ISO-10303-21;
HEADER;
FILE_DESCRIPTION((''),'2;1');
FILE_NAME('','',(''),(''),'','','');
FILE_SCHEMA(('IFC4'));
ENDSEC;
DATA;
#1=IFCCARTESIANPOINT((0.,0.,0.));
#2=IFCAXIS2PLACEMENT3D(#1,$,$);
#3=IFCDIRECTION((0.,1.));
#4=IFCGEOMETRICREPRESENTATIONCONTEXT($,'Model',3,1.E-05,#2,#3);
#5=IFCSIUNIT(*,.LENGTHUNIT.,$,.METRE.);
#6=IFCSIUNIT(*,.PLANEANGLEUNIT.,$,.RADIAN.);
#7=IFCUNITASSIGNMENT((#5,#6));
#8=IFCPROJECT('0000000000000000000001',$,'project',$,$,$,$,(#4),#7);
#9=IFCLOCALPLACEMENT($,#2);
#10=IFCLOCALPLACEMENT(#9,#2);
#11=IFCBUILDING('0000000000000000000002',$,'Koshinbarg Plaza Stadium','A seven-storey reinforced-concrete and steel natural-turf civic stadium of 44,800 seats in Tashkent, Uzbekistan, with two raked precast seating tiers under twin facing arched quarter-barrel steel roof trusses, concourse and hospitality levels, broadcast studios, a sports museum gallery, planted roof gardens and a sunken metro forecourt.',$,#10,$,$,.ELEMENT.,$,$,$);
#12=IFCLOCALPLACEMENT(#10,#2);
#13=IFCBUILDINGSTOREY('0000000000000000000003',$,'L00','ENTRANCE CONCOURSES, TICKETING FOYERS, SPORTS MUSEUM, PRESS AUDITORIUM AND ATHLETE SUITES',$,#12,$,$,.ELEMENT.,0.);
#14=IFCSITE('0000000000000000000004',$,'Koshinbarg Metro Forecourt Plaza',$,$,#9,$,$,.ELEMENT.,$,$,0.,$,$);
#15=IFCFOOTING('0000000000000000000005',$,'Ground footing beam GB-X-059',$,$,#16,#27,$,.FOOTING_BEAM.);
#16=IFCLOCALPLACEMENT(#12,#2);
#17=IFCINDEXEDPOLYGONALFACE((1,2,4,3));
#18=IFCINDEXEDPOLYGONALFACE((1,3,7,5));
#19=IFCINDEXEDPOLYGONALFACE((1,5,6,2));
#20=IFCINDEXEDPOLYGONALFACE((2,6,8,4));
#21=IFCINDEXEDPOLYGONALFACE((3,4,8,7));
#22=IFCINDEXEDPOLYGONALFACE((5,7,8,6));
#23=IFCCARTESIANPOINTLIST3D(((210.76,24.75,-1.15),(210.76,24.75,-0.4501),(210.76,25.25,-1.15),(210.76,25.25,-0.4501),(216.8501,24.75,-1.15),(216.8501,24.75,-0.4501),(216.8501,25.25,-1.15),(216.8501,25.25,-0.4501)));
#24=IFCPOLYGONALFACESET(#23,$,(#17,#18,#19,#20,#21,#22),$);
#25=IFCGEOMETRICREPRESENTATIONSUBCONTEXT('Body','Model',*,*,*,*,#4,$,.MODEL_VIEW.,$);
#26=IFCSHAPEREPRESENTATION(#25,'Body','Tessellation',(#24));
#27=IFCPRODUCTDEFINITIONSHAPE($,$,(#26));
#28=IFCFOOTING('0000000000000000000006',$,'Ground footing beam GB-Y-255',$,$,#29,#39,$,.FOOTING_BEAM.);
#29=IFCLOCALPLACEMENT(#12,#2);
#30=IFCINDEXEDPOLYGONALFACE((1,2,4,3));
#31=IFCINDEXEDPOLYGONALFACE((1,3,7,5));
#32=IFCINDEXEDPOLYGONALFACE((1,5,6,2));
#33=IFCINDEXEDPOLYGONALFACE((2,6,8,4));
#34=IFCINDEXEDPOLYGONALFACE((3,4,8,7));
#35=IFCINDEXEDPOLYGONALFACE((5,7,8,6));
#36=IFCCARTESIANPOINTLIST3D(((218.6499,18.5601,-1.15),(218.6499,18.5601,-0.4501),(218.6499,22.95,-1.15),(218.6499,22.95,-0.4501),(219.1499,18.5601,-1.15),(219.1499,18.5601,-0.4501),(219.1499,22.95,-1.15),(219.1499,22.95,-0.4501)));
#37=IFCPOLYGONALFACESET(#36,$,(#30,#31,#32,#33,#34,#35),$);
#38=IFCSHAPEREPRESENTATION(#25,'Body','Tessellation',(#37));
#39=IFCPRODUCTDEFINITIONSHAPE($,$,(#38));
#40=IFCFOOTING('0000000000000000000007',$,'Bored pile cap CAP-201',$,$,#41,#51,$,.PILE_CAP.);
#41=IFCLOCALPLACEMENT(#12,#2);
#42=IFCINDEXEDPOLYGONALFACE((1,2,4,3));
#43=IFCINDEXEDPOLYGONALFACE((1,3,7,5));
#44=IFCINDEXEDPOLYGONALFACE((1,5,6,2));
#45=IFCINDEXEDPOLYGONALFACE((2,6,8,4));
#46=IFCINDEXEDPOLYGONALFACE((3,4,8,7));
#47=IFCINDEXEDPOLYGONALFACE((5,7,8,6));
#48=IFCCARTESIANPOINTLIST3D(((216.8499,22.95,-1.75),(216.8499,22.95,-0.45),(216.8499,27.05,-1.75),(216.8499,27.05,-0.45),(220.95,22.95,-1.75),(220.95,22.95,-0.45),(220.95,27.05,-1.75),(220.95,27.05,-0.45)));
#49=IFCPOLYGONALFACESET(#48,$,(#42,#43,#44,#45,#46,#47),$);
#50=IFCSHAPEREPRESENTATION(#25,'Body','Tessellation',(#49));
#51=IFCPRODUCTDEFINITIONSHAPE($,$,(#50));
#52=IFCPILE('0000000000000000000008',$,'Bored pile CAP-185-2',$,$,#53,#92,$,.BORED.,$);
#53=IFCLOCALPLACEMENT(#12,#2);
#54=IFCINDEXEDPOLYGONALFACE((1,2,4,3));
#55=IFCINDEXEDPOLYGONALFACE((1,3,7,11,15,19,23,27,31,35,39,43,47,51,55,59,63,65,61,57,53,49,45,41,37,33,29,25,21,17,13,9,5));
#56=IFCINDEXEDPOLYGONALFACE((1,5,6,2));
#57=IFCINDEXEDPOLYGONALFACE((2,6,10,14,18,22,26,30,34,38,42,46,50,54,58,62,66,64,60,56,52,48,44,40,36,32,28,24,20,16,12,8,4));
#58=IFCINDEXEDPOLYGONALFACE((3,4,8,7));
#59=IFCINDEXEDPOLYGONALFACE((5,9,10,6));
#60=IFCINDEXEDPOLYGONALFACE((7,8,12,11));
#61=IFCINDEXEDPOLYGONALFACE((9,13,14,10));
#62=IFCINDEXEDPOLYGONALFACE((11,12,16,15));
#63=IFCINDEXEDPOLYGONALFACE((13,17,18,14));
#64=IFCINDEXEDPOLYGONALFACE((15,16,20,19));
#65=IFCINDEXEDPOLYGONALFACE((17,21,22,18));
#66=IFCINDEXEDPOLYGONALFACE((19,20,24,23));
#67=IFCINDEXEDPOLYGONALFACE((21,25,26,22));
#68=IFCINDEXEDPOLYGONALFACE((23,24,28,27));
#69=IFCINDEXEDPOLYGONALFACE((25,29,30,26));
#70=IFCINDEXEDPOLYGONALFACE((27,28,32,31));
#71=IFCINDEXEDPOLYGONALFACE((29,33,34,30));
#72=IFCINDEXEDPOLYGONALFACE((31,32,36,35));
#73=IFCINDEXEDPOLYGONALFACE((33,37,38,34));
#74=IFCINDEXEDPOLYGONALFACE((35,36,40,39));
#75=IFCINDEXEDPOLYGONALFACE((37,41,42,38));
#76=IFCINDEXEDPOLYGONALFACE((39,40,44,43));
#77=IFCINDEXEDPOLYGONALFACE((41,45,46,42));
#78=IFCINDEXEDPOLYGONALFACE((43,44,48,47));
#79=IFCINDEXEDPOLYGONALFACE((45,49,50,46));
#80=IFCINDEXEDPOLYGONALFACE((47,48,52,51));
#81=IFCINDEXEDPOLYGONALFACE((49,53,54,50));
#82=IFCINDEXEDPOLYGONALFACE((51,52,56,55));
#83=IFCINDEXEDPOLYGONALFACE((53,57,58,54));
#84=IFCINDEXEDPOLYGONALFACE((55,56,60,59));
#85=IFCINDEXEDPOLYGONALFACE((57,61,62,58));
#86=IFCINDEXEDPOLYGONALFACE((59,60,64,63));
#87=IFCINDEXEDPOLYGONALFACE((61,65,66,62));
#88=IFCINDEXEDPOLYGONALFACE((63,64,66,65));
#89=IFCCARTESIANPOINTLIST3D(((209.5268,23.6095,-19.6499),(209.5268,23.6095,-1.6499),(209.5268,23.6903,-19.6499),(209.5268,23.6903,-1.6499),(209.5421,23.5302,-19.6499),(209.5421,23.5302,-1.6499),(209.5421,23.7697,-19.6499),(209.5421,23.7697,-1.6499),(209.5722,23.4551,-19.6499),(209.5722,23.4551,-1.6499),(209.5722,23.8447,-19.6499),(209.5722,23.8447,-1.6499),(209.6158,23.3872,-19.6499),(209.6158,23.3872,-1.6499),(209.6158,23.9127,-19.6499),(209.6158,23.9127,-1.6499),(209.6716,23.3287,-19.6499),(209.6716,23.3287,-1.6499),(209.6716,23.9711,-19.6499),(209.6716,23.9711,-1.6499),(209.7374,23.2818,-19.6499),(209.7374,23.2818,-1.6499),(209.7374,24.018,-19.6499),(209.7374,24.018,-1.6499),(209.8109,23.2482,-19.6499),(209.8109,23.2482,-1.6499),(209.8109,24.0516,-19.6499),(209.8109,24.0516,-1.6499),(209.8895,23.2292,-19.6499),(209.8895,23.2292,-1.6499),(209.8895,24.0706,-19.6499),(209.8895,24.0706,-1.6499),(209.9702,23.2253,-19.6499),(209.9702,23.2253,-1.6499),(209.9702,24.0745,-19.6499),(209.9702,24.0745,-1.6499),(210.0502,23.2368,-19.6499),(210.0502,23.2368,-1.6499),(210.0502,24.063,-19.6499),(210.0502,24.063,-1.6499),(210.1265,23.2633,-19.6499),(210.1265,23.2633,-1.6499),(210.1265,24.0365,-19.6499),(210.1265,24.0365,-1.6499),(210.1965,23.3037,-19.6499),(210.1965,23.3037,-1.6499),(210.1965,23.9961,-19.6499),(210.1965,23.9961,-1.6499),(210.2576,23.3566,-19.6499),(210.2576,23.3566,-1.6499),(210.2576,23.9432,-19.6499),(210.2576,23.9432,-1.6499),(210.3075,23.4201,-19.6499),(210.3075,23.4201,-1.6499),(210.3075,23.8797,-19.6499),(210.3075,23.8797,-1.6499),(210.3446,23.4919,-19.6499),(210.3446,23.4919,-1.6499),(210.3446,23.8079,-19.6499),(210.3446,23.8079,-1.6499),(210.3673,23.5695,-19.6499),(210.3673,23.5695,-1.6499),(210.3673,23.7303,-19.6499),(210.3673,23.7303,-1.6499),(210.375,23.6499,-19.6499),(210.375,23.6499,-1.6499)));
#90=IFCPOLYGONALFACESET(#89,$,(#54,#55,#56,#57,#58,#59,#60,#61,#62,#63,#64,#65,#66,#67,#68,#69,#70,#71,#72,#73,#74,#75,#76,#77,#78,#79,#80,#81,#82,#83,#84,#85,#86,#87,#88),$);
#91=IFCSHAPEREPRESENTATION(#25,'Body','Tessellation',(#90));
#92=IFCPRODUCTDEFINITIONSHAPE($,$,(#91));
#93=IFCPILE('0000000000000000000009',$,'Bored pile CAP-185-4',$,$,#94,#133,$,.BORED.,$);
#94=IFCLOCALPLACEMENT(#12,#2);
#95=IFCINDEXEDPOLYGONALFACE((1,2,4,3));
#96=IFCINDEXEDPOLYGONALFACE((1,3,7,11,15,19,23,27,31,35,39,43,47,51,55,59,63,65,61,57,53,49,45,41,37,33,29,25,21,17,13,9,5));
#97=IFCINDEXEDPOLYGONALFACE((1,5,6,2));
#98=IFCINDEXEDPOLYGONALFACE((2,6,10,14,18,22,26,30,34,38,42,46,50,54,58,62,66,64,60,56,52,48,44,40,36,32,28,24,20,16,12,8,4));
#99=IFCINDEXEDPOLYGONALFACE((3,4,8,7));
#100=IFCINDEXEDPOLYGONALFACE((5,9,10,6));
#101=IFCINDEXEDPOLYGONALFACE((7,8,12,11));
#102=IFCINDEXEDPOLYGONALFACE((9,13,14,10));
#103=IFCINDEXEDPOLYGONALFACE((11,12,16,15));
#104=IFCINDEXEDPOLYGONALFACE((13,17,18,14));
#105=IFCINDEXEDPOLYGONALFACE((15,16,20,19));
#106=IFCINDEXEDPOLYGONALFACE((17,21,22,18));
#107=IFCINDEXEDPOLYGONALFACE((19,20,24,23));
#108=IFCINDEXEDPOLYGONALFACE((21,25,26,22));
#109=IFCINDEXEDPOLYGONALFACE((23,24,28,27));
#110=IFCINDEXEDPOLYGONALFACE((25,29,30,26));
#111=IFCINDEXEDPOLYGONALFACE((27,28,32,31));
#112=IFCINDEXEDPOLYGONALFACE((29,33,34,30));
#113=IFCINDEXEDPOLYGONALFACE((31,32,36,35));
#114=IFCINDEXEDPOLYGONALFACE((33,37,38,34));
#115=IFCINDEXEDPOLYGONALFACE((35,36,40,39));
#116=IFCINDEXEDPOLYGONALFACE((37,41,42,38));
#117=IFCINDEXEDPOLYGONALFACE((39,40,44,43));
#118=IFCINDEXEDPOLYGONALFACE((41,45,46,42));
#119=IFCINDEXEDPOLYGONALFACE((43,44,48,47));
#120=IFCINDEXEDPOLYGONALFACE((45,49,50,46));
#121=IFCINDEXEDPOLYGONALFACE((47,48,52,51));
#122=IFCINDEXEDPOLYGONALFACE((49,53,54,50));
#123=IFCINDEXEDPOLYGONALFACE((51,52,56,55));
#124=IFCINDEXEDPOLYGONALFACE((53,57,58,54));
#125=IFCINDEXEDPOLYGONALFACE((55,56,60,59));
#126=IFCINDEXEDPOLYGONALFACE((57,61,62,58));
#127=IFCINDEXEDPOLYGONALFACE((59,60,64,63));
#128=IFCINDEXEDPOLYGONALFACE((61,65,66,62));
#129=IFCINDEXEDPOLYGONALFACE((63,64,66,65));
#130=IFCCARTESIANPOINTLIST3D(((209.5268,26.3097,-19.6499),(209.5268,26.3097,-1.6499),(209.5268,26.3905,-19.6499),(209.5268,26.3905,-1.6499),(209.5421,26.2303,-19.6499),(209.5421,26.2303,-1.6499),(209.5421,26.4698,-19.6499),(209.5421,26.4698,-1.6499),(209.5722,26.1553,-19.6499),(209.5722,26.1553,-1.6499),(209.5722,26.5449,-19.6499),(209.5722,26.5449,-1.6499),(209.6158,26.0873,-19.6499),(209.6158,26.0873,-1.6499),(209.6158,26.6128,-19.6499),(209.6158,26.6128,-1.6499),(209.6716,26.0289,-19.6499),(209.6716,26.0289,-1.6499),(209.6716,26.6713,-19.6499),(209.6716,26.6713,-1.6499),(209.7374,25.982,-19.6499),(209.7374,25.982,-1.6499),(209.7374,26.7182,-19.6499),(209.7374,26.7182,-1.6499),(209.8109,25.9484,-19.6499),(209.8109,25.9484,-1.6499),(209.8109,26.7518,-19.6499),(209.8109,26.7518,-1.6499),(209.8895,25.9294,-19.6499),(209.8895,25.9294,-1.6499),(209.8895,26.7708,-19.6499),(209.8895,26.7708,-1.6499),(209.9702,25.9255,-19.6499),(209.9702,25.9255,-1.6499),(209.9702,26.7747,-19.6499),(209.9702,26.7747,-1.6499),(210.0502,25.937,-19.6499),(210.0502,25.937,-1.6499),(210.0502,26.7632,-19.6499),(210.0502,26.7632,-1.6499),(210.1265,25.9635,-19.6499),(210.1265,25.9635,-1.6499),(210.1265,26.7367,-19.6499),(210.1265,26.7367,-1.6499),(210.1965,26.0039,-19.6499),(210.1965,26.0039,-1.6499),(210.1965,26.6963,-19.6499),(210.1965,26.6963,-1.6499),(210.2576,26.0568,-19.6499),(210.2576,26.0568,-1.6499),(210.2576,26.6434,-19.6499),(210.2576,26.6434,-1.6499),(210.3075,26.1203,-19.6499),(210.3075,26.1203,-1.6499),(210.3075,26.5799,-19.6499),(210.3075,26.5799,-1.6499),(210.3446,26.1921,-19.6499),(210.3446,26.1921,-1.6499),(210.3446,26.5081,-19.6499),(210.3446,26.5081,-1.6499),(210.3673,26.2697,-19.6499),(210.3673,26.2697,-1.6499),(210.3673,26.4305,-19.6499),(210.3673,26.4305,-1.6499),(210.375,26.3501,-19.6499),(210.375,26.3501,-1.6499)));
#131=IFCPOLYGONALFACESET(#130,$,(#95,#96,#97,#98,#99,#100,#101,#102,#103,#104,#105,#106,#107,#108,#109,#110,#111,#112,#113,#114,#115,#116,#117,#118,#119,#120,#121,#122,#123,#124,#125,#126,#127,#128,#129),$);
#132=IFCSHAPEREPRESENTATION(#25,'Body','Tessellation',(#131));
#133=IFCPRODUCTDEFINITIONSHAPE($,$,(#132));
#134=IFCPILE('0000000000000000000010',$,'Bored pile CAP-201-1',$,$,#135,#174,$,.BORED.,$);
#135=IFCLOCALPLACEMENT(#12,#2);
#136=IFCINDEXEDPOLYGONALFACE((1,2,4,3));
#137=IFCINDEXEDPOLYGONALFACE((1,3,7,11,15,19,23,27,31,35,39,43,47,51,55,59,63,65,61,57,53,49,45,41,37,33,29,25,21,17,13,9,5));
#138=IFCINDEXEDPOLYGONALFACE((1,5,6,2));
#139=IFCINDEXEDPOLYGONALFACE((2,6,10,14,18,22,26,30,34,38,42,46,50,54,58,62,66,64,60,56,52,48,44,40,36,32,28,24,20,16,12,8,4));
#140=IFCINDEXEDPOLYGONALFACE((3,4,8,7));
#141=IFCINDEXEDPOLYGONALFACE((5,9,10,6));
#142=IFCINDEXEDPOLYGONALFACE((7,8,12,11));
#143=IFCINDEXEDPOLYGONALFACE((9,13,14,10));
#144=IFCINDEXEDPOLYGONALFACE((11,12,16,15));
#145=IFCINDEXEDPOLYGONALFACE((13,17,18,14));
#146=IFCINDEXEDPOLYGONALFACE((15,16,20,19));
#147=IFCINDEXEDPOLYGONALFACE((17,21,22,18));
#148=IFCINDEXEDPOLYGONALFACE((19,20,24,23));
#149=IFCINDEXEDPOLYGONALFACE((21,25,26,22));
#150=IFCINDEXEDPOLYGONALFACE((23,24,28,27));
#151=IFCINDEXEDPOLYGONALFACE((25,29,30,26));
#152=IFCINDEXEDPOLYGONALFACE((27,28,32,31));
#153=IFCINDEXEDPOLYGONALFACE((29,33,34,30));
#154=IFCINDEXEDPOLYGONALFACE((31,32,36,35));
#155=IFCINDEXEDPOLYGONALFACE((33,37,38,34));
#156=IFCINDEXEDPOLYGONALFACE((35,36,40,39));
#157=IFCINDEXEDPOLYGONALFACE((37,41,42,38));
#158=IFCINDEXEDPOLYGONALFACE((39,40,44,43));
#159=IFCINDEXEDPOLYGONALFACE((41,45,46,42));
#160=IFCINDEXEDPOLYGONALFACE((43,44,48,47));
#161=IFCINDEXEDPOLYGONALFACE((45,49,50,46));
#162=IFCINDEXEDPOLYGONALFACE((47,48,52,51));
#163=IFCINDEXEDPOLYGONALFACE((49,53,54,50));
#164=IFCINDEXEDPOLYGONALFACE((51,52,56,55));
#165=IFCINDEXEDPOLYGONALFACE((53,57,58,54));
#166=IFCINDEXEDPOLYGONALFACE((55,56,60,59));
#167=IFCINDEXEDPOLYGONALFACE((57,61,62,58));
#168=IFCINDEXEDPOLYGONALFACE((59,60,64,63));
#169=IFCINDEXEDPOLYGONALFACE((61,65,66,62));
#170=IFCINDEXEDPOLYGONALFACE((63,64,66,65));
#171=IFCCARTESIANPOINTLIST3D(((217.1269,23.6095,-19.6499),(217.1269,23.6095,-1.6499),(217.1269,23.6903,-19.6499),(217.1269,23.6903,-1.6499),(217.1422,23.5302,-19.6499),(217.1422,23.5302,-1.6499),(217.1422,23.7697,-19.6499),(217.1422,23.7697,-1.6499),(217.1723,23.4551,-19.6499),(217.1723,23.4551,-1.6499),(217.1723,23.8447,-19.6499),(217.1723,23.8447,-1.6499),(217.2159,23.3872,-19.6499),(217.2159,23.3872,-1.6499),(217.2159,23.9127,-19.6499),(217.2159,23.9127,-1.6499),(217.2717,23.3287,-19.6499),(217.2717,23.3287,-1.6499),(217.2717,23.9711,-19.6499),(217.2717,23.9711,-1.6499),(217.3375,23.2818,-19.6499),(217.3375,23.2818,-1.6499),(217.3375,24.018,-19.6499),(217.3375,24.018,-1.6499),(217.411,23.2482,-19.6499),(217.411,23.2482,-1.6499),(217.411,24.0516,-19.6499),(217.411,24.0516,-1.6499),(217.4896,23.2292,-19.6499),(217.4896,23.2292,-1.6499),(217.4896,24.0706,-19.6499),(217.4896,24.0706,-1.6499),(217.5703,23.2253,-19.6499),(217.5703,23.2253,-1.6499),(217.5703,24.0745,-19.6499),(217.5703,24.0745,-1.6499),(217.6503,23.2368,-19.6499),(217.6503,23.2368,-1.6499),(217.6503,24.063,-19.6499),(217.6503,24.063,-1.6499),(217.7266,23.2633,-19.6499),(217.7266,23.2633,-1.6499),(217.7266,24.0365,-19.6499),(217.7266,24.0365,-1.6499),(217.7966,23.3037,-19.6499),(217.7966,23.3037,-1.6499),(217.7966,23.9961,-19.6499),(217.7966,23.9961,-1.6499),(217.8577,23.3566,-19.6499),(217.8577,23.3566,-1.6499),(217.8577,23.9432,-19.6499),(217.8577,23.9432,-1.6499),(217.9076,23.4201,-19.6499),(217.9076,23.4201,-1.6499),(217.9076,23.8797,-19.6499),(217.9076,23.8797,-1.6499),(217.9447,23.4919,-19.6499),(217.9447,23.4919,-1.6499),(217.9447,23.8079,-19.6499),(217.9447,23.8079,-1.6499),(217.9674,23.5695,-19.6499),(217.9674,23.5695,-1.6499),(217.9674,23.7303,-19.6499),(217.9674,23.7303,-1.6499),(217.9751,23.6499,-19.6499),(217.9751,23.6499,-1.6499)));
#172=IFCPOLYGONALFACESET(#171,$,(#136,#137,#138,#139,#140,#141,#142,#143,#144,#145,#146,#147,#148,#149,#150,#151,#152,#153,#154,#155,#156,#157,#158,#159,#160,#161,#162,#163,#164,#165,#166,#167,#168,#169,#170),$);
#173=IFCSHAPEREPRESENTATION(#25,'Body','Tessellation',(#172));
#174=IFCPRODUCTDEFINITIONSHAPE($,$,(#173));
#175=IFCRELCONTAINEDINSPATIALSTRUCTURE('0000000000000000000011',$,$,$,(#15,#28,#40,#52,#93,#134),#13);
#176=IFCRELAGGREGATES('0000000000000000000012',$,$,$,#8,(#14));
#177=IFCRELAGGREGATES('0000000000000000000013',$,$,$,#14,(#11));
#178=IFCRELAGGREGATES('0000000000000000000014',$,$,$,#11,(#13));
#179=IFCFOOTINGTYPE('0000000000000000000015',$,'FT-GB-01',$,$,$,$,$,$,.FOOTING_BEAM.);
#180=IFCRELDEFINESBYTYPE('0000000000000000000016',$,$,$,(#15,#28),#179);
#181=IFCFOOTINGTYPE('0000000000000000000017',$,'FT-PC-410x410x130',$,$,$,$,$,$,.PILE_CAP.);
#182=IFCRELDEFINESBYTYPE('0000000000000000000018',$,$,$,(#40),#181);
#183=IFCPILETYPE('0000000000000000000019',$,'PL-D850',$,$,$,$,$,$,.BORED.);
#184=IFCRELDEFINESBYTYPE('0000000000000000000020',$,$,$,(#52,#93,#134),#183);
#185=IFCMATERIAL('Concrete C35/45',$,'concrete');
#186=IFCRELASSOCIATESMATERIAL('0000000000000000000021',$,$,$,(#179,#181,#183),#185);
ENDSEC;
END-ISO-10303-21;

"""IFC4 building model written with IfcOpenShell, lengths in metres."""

from ifc_helpers import new_model, si_unit, direction, frame, origin, origin_2d, place, context, subcontext, project, spatial, rectangle, circle, extrude, material, material_profile, profile_set, type_object, element, save


model = new_model("IFC4")

# Units and contexts
model_context = context("Model", 3, precision=1e-05, world=origin(), true_north=direction((0.0, 1.0)))
body_context = subcontext(model_context, "Body", "Model", "MODEL_VIEW")
ifc_project = project(units=[si_unit("LENGTHUNIT", "METRE"), si_unit("PLANEANGLEUNIT", "RADIAN")], contexts=[model_context])

# Site, building, storey
site_placement = place(None, origin())
site = spatial("IfcSite", under=ifc_project, at=site_placement, Name="Koshinbarg Metro Forecourt Plaza", CompositionType="ELEMENT", RefElevation=0.0)
building_placement = place(site_placement, origin())
building = spatial("IfcBuilding", under=site, at=building_placement, Name="Koshinbarg Plaza Stadium", Description="A seven-storey reinforced-concrete and steel natural-turf civic stadium of 44,800 seats in Tashkent, Uzbekistan, with two raked precast seating tiers under twin facing arched quarter-barrel steel roof trusses, concourse and hospitality levels, broadcast studios, a sports museum gallery, planted roof gardens and a sunken metro forecourt.", CompositionType="ELEMENT")
storey_placement = place(building_placement, origin())
storey = spatial("IfcBuildingStorey", under=building, at=storey_placement, Name="L00", Description="ENTRANCE CONCOURSES, TICKETING FOYERS, SPORTS MUSEUM, PRESS AUDITORIUM AND ATHLETE SUITES", CompositionType="ELEMENT", Elevation=0.0)

# Footings
ifc_material_1 = material(Name="Concrete C35/45", Category="concrete")
ifc_material_profile_1 = material_profile(ifc_material_1, rectangle(XDim=0.5, YDim=0.7, at=origin_2d()), Name="GB 500x700")
ifc_profile_set_1 = profile_set([ifc_material_profile_1], Name="Concrete C35/45")
footing_type_1 = type_object("IfcFootingType", Name="FT-GB-01", PredefinedType="FOOTING_BEAM", material=ifc_profile_set_1)
footing_1_placement = place(storey_placement, frame((210.76, 25.0, -0.8), z_axis=(1.0, 0.0, 0.0), x_axis=(0.0, 1.0, 0.0)))
element("IfcFooting", 1, at=footing_1_placement, inside=storey, type_object=footing_type_1, Name="Ground footing beam GB-X-059", PredefinedType="FOOTING_BEAM", context=body_context, shape_type="SweptSolid", body=[
    extrude(rectangle(XDim=0.5, YDim=0.7, at=origin_2d()), origin(), (0.0, 0.0, 1.0), 6.0901),
])
footing_2_placement = place(storey_placement, frame((218.8999, 18.5601, -0.8), z_axis=(0.0, 1.0, 0.0), x_axis=(-1.0, 0.0, 0.0)))
element("IfcFooting", 2, at=footing_2_placement, inside=storey, type_object=footing_type_1, Name="Ground footing beam GB-Y-255", PredefinedType="FOOTING_BEAM", context=body_context, shape_type="SweptSolid", body=[
    extrude(rectangle(XDim=0.5, YDim=0.7, at=origin_2d()), origin(), (0.0, 0.0, 1.0), 4.3899),
])
footing_type_2 = type_object("IfcFootingType", Name="FT-PC-410x410x130", PredefinedType="PILE_CAP", material=ifc_material_1)
footing_3_placement = place(storey_placement, frame((218.8999, 25.0, -1.75), z_axis=(0.0, 0.0, 1.0), x_axis=(1.0, 0.0, 0.0)))
element("IfcFooting", 3, at=footing_3_placement, inside=storey, type_object=footing_type_2, Name="Bored pile cap CAP-201", PredefinedType="PILE_CAP", context=body_context, shape_type="SweptSolid", body=[
    extrude(rectangle(XDim=4.1001, YDim=4.1001, at=origin_2d()), origin(), (0.0, 0.0, 1.0), 1.3),
])

# Piles
ifc_material_profile_2 = material_profile(ifc_material_1, circle(Radius=0.425, at=origin_2d()), Name="PILE D850")
ifc_profile_set_2 = profile_set([ifc_material_profile_2], Name="Concrete C35/45")
pile_type_1 = type_object("IfcPileType", Name="PL-D850", PredefinedType="BORED", material=ifc_profile_set_2)
for number, where, z_axis, x_axis, name in (
    (4, (209.95, 23.6499, -1.6499), (0.0, 0.0, -1.0), (1.0, 0.0, 0.0), "Bored pile CAP-185-2"),
    (5, (209.95, 26.3501, -1.6499), (0.0, 0.0, -1.0), (1.0, 0.0, 0.0), "Bored pile CAP-185-4"),
    (6, (217.55, 23.6499, -1.6499), (0.0, 0.0, -1.0), (1.0, 0.0, 0.0), "Bored pile CAP-201-1"),
):
    element("IfcPile", number, at=place(storey_placement, frame(where, z_axis=z_axis, x_axis=x_axis)), inside=storey, type_object=pile_type_1, Name=name, PredefinedType="BORED", context=body_context, shape_type="SweptSolid", body=[
        extrude(circle(Radius=0.425, at=origin_2d()), origin(), (0.0, 0.0, 1.0), 18.0),
    ])

save(model, "model.ifc")
